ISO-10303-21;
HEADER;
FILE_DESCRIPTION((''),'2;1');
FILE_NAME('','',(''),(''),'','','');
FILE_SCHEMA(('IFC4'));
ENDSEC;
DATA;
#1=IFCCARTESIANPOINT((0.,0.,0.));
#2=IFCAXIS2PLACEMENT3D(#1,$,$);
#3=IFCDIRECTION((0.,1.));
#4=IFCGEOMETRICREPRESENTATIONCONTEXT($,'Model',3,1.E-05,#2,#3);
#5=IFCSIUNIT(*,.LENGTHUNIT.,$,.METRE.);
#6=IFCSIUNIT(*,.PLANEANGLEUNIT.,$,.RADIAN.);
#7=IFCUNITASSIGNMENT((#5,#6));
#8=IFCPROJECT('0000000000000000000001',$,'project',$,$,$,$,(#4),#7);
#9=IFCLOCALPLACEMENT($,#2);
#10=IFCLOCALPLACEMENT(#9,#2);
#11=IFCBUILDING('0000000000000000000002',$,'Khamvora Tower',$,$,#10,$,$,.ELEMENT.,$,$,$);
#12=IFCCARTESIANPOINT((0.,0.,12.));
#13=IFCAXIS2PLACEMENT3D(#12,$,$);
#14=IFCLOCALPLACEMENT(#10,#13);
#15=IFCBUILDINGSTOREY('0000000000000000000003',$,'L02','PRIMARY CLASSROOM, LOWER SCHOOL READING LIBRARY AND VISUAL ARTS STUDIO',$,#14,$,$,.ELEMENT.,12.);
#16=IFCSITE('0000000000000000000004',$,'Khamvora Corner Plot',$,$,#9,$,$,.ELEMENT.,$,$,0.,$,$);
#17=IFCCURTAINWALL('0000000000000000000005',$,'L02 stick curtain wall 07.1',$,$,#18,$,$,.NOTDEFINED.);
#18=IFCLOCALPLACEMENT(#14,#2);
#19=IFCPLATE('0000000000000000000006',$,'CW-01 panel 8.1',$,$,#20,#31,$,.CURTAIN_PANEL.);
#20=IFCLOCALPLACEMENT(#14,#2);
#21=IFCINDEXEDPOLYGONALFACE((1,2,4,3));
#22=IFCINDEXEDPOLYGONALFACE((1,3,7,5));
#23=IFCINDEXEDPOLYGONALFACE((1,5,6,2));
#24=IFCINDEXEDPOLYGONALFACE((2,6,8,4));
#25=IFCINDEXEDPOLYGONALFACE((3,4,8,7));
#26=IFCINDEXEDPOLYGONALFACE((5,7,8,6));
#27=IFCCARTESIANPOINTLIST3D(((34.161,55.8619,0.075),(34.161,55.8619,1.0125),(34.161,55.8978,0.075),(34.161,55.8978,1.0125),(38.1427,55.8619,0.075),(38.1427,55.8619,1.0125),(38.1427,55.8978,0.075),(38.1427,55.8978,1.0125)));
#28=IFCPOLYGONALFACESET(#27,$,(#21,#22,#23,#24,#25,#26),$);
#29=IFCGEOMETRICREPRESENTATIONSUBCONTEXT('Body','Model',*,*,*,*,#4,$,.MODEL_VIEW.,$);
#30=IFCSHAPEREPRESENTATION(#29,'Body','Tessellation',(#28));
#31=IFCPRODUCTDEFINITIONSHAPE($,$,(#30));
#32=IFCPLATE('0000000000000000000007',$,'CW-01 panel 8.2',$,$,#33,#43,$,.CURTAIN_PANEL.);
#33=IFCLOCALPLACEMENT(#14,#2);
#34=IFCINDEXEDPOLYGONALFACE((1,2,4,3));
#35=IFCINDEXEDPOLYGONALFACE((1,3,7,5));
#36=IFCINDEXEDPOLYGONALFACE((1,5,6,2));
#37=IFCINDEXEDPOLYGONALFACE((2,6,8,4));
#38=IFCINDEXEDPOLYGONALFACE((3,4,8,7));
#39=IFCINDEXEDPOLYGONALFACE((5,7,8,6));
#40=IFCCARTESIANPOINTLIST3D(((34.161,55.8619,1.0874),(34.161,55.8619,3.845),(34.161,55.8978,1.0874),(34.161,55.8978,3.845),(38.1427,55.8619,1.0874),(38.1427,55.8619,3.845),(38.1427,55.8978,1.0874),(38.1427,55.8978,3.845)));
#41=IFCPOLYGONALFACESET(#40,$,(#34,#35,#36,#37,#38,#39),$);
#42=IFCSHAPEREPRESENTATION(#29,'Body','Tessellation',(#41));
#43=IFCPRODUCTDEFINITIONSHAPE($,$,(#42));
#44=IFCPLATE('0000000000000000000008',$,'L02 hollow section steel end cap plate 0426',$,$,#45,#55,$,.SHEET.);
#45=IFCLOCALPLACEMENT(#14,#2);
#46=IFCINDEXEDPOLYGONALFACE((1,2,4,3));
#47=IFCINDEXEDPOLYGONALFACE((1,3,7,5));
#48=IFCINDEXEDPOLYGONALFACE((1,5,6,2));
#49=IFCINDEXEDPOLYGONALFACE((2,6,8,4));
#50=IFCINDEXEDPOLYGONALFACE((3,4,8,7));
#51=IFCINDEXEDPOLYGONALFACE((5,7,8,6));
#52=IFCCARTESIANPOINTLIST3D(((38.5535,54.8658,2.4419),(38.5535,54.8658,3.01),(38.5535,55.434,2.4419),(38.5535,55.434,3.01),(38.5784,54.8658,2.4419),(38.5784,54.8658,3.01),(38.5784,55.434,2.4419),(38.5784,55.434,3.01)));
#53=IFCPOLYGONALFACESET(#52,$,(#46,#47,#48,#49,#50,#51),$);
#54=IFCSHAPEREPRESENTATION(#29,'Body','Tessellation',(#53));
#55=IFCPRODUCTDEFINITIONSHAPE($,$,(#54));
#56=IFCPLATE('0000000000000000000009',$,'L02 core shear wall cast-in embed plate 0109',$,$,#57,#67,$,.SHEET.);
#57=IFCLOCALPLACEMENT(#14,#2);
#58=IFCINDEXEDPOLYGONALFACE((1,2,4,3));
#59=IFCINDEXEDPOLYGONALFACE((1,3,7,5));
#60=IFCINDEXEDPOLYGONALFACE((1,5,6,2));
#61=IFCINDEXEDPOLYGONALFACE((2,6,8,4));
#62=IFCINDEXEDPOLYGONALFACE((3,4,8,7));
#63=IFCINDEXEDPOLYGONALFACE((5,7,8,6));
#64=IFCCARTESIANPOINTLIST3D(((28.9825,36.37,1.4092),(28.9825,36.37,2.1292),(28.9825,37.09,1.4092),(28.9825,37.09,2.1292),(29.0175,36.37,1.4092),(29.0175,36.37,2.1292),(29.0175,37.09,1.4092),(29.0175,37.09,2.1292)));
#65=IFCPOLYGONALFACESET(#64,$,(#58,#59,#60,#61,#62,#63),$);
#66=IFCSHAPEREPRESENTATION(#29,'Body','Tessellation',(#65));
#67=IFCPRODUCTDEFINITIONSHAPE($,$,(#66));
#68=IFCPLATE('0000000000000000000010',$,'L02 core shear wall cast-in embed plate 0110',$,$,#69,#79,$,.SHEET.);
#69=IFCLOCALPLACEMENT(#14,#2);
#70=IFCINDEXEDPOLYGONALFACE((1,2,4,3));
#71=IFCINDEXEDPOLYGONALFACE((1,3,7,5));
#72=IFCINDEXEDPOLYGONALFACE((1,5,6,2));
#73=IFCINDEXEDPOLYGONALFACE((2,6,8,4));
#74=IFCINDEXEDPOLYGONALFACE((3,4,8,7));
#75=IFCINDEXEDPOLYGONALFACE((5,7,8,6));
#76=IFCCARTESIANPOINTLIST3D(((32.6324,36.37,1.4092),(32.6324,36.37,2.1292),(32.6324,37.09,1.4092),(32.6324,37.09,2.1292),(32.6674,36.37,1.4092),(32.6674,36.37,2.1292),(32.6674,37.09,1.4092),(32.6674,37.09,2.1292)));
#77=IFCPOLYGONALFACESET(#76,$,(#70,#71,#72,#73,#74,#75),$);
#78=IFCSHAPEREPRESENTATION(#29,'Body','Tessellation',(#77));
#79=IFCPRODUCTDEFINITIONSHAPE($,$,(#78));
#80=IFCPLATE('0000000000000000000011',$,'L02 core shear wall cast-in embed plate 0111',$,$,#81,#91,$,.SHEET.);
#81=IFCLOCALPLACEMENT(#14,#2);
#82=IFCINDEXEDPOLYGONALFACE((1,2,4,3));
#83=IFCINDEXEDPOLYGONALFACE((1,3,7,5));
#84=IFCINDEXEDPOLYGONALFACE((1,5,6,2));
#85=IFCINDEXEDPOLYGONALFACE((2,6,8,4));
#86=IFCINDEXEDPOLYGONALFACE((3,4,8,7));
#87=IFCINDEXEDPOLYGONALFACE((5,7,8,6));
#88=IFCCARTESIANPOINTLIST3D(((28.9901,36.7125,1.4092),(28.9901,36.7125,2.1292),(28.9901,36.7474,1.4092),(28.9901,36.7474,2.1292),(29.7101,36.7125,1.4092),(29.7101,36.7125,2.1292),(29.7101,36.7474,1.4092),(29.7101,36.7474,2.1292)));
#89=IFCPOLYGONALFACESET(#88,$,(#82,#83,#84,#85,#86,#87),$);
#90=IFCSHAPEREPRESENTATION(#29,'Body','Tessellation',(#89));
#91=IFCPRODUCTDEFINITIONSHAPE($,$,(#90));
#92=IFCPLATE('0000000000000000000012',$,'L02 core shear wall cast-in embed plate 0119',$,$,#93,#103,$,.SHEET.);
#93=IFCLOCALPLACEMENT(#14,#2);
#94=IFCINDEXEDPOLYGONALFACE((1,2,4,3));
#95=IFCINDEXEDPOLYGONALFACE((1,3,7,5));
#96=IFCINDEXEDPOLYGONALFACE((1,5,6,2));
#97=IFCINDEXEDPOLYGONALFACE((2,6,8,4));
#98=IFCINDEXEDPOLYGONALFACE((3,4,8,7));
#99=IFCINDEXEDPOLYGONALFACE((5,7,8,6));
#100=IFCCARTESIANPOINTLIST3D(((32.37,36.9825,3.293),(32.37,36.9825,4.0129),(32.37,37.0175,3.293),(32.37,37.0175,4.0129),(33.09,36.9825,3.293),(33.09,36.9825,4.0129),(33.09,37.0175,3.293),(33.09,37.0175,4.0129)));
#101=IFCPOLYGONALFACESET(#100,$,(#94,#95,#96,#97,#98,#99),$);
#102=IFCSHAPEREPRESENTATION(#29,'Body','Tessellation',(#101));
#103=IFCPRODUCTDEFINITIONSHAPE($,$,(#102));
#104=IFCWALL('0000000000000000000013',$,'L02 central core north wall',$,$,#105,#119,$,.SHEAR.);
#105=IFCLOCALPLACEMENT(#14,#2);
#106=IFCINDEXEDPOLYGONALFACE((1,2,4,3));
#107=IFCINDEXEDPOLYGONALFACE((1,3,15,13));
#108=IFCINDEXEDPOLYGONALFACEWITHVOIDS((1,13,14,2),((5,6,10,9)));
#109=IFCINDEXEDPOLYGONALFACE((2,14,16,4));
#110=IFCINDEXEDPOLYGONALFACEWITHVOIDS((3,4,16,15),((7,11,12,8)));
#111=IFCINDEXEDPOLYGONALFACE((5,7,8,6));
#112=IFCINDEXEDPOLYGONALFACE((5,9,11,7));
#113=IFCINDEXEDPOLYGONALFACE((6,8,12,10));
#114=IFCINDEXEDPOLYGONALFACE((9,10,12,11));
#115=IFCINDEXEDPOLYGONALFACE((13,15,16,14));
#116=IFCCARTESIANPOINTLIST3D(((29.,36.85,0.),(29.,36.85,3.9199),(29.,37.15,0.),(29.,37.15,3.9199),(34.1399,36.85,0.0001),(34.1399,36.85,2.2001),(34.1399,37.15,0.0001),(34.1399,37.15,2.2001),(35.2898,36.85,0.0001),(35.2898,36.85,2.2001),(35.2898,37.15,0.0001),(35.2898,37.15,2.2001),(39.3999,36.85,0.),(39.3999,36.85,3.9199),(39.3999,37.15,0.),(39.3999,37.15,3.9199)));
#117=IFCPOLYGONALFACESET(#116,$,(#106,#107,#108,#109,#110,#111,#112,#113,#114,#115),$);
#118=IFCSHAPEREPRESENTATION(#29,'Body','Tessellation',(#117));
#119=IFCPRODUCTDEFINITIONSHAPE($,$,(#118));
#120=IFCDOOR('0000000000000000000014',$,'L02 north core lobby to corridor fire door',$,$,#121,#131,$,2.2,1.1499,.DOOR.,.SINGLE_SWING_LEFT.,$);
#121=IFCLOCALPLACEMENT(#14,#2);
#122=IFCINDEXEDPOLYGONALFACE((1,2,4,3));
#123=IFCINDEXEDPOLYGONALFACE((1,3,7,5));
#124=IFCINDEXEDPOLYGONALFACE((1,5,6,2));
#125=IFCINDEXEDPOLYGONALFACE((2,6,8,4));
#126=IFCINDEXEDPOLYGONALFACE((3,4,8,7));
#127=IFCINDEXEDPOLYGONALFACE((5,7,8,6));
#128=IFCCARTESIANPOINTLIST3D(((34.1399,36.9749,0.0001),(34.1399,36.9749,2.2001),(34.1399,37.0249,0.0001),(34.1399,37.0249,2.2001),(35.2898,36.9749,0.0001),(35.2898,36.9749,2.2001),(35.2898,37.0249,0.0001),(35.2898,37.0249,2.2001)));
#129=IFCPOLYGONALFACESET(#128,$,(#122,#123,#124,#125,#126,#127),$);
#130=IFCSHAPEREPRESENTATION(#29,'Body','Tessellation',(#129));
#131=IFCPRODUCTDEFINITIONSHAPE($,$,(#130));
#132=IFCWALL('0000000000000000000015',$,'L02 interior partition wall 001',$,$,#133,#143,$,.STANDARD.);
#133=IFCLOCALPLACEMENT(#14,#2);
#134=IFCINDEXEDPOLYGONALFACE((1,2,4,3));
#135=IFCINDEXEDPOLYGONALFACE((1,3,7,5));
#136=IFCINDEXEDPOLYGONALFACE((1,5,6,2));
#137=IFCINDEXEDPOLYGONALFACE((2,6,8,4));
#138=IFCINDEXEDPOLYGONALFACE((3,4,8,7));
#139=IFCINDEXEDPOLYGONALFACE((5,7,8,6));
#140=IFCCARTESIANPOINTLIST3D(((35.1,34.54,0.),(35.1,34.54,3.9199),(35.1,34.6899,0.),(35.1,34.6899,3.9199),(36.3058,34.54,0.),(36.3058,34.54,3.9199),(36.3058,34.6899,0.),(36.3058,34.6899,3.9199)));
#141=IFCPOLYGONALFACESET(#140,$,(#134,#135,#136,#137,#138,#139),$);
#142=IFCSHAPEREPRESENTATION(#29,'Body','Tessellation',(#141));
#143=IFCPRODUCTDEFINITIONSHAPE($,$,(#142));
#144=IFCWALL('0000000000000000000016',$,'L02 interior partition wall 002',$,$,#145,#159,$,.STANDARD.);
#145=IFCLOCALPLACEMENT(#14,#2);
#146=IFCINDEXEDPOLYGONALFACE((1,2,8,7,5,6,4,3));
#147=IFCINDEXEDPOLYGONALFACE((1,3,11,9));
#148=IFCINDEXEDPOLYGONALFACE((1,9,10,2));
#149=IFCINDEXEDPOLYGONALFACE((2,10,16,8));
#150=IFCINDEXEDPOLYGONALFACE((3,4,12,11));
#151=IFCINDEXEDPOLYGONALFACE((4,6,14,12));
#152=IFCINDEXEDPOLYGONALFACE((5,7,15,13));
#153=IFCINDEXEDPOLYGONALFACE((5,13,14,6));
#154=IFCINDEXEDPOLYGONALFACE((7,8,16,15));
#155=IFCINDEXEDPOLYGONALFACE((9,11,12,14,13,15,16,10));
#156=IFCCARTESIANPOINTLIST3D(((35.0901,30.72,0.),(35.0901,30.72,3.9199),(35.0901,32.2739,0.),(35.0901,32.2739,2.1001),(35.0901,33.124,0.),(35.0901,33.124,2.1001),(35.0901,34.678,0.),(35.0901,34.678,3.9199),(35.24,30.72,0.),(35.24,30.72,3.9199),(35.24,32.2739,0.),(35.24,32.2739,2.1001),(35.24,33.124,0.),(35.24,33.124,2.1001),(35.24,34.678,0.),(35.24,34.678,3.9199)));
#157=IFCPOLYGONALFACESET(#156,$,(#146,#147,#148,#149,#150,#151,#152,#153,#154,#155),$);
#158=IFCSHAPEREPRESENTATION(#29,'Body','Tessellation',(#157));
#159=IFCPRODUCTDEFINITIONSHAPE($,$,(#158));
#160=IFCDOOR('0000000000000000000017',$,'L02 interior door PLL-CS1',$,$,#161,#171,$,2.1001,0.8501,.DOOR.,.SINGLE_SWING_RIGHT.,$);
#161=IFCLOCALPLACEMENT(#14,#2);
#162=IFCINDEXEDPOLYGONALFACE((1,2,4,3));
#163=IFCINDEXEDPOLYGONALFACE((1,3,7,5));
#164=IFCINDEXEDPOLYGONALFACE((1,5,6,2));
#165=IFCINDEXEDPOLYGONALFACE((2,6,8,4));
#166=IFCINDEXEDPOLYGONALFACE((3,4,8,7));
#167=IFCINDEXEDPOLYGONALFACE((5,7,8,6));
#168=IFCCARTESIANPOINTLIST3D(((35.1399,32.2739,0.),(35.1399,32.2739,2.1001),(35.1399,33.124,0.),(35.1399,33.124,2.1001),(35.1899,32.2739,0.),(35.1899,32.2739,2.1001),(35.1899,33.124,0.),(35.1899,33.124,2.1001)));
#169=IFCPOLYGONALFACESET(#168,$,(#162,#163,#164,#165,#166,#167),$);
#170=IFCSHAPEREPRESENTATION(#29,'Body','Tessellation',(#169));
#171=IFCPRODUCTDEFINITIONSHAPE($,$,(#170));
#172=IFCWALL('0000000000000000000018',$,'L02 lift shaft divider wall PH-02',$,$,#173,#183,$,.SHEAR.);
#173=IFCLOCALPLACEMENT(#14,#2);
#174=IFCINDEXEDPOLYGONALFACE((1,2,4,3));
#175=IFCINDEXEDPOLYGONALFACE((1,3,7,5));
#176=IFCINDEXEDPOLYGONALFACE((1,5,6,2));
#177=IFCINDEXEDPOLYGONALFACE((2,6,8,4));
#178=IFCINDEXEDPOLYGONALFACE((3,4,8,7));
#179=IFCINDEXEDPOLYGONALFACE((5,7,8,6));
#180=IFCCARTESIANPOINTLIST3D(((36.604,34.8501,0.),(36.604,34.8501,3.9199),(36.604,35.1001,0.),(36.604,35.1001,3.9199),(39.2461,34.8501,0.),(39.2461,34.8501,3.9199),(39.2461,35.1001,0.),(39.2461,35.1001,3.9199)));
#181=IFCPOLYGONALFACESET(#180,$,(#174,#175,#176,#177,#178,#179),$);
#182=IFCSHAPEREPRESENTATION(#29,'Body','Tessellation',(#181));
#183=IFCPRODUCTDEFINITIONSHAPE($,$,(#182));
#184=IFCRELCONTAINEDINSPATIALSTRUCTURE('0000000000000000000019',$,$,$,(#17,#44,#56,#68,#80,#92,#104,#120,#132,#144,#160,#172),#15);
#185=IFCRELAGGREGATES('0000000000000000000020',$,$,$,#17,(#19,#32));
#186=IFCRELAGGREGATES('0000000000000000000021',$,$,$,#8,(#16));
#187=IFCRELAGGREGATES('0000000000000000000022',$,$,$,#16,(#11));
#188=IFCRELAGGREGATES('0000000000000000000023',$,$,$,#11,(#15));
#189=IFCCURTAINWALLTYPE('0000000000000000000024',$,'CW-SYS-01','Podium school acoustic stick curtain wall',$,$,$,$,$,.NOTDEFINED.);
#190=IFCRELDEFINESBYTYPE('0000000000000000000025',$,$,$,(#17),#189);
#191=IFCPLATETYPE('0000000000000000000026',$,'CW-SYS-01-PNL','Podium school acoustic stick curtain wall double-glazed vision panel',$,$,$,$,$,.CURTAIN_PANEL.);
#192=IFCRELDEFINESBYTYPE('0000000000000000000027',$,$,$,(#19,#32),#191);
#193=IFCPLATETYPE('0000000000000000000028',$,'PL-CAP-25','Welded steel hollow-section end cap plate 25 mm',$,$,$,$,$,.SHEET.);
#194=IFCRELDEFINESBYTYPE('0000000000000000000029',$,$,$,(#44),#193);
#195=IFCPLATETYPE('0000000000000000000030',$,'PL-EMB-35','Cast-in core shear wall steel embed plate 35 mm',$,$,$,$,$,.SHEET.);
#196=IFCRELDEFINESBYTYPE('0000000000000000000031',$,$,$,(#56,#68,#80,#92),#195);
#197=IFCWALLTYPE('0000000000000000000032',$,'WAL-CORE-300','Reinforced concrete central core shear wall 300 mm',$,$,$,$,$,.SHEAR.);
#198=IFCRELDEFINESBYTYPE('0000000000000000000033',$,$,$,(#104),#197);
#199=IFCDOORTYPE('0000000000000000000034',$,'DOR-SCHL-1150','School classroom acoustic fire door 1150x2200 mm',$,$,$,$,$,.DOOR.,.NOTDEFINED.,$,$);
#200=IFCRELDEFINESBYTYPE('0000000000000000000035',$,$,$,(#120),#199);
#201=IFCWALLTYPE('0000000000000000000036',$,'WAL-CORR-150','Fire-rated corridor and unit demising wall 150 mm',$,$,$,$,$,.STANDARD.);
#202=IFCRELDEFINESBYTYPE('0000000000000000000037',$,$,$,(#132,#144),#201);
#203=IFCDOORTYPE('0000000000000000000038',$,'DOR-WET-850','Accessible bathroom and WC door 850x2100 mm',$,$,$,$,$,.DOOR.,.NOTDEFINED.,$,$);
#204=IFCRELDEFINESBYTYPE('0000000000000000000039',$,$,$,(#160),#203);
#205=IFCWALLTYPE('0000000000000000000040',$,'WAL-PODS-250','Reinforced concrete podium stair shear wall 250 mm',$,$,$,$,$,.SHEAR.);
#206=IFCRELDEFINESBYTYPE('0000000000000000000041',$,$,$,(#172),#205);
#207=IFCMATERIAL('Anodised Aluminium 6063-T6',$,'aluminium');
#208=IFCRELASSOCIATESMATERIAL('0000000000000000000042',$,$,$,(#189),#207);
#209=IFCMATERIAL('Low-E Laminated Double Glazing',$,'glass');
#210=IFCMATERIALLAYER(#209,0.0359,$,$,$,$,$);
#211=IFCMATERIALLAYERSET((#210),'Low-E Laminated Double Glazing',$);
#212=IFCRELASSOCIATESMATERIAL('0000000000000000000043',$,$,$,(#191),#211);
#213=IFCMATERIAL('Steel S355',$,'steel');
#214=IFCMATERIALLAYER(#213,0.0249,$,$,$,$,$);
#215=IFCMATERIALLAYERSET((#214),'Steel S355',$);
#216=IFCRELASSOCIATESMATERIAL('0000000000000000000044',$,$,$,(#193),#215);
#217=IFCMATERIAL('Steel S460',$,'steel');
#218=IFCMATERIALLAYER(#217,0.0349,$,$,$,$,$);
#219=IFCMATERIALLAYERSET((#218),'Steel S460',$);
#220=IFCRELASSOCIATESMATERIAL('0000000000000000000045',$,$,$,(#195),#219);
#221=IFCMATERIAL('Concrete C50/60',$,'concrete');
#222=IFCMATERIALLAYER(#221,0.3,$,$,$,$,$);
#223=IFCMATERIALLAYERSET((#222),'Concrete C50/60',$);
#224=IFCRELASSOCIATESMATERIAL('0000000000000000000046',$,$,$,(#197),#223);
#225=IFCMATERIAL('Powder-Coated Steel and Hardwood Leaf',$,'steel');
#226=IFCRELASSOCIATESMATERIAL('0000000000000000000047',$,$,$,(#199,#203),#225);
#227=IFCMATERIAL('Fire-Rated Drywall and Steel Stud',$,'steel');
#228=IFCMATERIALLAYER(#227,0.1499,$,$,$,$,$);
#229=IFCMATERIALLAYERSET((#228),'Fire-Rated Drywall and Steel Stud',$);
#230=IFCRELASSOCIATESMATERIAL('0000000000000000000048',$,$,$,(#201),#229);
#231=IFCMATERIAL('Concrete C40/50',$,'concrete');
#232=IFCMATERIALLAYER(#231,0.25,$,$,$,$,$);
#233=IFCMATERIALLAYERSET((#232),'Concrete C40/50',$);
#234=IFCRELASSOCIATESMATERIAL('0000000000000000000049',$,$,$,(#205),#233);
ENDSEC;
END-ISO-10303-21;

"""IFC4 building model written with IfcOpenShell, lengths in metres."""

from ifc_helpers import new_model, si_unit, direction, frame, frame_2d, origin, origin_2d, place, context, subcontext, project, spatial, rectangle, extrude, material, layer, layer_set, type_object, element, fill, aggregate, save


model = new_model("IFC4")

# Units and contexts
model_context = context("Model", 3, precision=1e-05, world=origin(), true_north=direction((0.0, 1.0)))
body_context = subcontext(model_context, "Body", "Model", "MODEL_VIEW")
ifc_project = project(units=[si_unit("LENGTHUNIT", "METRE"), si_unit("PLANEANGLEUNIT", "RADIAN")], contexts=[model_context])

# Site, building, storey
site_placement = place(None, origin())
site = spatial("IfcSite", under=ifc_project, at=site_placement, Name="Khamvora Corner Plot", CompositionType="ELEMENT", RefElevation=0.0)
building_placement = place(site_placement, origin())
building = spatial("IfcBuilding", under=site, at=building_placement, Name="Khamvora Tower", CompositionType="ELEMENT")
storey_placement = place(building_placement, frame((0.0, 0.0, 12.0)))
storey = spatial("IfcBuildingStorey", under=building, at=storey_placement, Name="L02", Description="PRIMARY CLASSROOM, LOWER SCHOOL READING LIBRARY AND VISUAL ARTS STUDIO", CompositionType="ELEMENT", Elevation=12.0)

# Shared definitions
ifc_material_1 = material(Name="Steel S460", Category="steel")

# Shared definitions
ifc_material_2 = material(Name="Steel S355", Category="steel")

# Curtain wall, plates
ifc_material_3 = material(Name="Anodised Aluminium 6063-T6", Category="aluminium")
curtain_wall_type = type_object("IfcCurtainWallType", Name="CW-SYS-01", Description="Podium school acoustic stick curtain wall", PredefinedType="NOTDEFINED", material=ifc_material_3)
curtain_wall_placement = place(storey_placement, origin())
curtain_wall = element("IfcCurtainWall", 1, at=curtain_wall_placement, inside=storey, type_object=curtain_wall_type, Name="L02 stick curtain wall 07.1", PredefinedType="NOTDEFINED")
ifc_material_4 = material(Name="Low-E Laminated Double Glazing", Category="glass")
ifc_layer_1 = layer(ifc_material_4, 0.0359)
ifc_layer_set_1 = layer_set([ifc_layer_1], Name="Low-E Laminated Double Glazing")
plate_type_1 = type_object("IfcPlateType", Name="CW-SYS-01-PNL", Description="Podium school acoustic stick curtain wall double-glazed vision panel", PredefinedType="CURTAIN_PANEL", material=ifc_layer_set_1)
plate_1_placement = place(storey_placement, frame((36.1519, 55.8799, 0.075), z_axis=(0.0, 0.0, 1.0), x_axis=(1.0, 0.0, 0.0)))
plate_1 = element("IfcPlate", 2, at=plate_1_placement, type_object=plate_type_1, Name="CW-01 panel 8.1", PredefinedType="CURTAIN_PANEL", context=body_context, shape_type="SweptSolid", body=[
    extrude(rectangle(XDim=3.9817, YDim=0.0359, at=origin_2d()), origin(), (0.0, 0.0, 1.0), 0.9375),
])
plate_2_placement = place(storey_placement, frame((36.1519, 55.8799, 1.0874), z_axis=(0.0, 0.0, 1.0), x_axis=(1.0, 0.0, 0.0)))
plate_2 = element("IfcPlate", 3, at=plate_2_placement, type_object=plate_type_1, Name="CW-01 panel 8.2", PredefinedType="CURTAIN_PANEL", context=body_context, shape_type="SweptSolid", body=[
    extrude(rectangle(XDim=3.9817, YDim=0.0359, at=origin_2d()), origin(), (0.0, 0.0, 1.0), 2.7576),
])
aggregate(curtain_wall, [plate_1, plate_2])

# Plates
ifc_layer_2 = layer(ifc_material_2, 0.0249)
ifc_layer_set_2 = layer_set([ifc_layer_2], Name="Steel S355")
plate_type_2 = type_object("IfcPlateType", Name="PL-CAP-25", Description="Welded steel hollow-section end cap plate 25 mm", PredefinedType="SHEET", material=ifc_layer_set_2)
plate_3_placement = place(storey_placement, frame((38.5659, 55.1499, 2.4419), z_axis=(0.0, 0.0, 1.0), x_axis=(1.0, 0.0, 0.0)))
element("IfcPlate", 4, at=plate_3_placement, inside=storey, type_object=plate_type_2, Name="L02 hollow section steel end cap plate 0426", PredefinedType="SHEET", context=body_context, shape_type="SweptSolid", body=[
    extrude(rectangle(XDim=0.0249, YDim=0.5681, at=origin_2d()), origin(), (0.0, 0.0, 1.0), 0.5681),
])
ifc_layer_3 = layer(ifc_material_1, 0.0349)
ifc_layer_set_3 = layer_set([ifc_layer_3], Name="Steel S460")
plate_type_3 = type_object("IfcPlateType", Name="PL-EMB-35", Description="Cast-in core shear wall steel embed plate 35 mm", PredefinedType="SHEET", material=ifc_layer_set_3)
for number, where, z_axis, x_axis, name in (
    (5, (29.0, 36.73, 1.4092), (0.0, 0.0, 1.0), (1.0, 0.0, 0.0), "L02 core shear wall cast-in embed plate 0109"),
    (6, (32.6499, 36.73, 1.4092), (0.0, 0.0, 1.0), (1.0, 0.0, 0.0), "L02 core shear wall cast-in embed plate 0110"),
):
    element("IfcPlate", number, at=place(storey_placement, frame(where, z_axis=z_axis, x_axis=x_axis)), inside=storey, type_object=plate_type_3, Name=name, PredefinedType="SHEET", context=body_context, shape_type="SweptSolid", body=[
        extrude(rectangle(XDim=0.0349, YDim=0.72, at=origin_2d()), origin(), (0.0, 0.0, 1.0), 0.72),
    ])
for number, where, z_axis, x_axis, name in (
    (7, (29.3501, 36.73, 1.4092), (0.0, 0.0, 1.0), (1.0, 0.0, 0.0), "L02 core shear wall cast-in embed plate 0111"),
    (8, (32.73, 37.0, 3.293), (0.0, 0.0, 1.0), (1.0, 0.0, 0.0), "L02 core shear wall cast-in embed plate 0119"),
):
    element("IfcPlate", number, at=place(storey_placement, frame(where, z_axis=z_axis, x_axis=x_axis)), inside=storey, type_object=plate_type_3, Name=name, PredefinedType="SHEET", context=body_context, shape_type="SweptSolid", body=[
        extrude(rectangle(XDim=0.72, YDim=0.0349, at=origin_2d()), origin(), (0.0, 0.0, 1.0), 0.72),
    ])

# Wall, opening, door
ifc_material_5 = material(Name="Concrete C50/60", Category="concrete")
ifc_layer_4 = layer(ifc_material_5, 0.3)
ifc_layer_set_4 = layer_set([ifc_layer_4], Name="Concrete C50/60")
wall_type_1 = type_object("IfcWallType", Name="WAL-CORE-300", Description="Reinforced concrete central core shear wall 300 mm", PredefinedType="SHEAR", material=ifc_layer_set_4)
wall_1_placement = place(storey_placement, frame((29.0, 37.0, 0.0), z_axis=(0.0, 0.0, 1.0), x_axis=(1.0, 0.0, 0.0)))
wall_1 = element("IfcWall", 9, at=wall_1_placement, inside=storey, type_object=wall_type_1, Name="L02 central core north wall", PredefinedType="SHEAR", context=body_context, shape_type="SweptSolid", body=[
    extrude(rectangle(XDim=10.3999, YDim=0.3, at=frame_2d((5.2, 0.0))), origin(), (0.0, 0.0, 1.0), 3.9199),
])
opening_1_placement = place(wall_1_placement, frame((5.1399, 0.0, 0.0)))
opening_1 = element("IfcOpeningElement", 10, at=opening_1_placement, cuts=wall_1, PredefinedType="OPENING", context=body_context, shape_type="SweptSolid", body=[
    extrude(rectangle(XDim=1.1499, YDim=2.2, at=frame_2d((0.575, 1.1001))), frame((0.0, 0.1599, 0.0), z_axis=(0.0, -1.0, 0.0), x_axis=(1.0, 0.0, 0.0)), (0.0, 0.0, 1.0), 0.3201),
])
ifc_material_6 = material(Name="Powder-Coated Steel and Hardwood Leaf", Category="steel")
door_type_1 = type_object("IfcDoorType", Name="DOR-SCHL-1150", Description="School classroom acoustic fire door 1150x2200 mm", OperationType="NOTDEFINED", PredefinedType="DOOR", material=ifc_material_6)
door_1_placement = place(opening_1_placement, origin())
door_1 = element("IfcDoor", 11, at=door_1_placement, inside=storey, type_object=door_type_1, Name="L02 north core lobby to corridor fire door", OperationType="SINGLE_SWING_LEFT", OverallHeight=2.2, OverallWidth=1.1499, PredefinedType="DOOR", context=body_context, shape_type="SweptSolid", body=[
    extrude(rectangle(XDim=1.1499, YDim=2.2, at=frame_2d((0.575, 1.1001))), frame((0.0, 0.0249, 0.0), z_axis=(0.0, -1.0, 0.0), x_axis=(1.0, 0.0, 0.0)), (0.0, 0.0, 1.0), 0.05),
])
fill(opening_1, door_1)

# Wall
ifc_material_7 = material(Name="Fire-Rated Drywall and Steel Stud", Category="steel")
ifc_layer_5 = layer(ifc_material_7, 0.1499)
ifc_layer_set_5 = layer_set([ifc_layer_5], Name="Fire-Rated Drywall and Steel Stud")
wall_type_2 = type_object("IfcWallType", Name="WAL-CORR-150", Description="Fire-rated corridor and unit demising wall 150 mm", PredefinedType="STANDARD", material=ifc_layer_set_5)
wall_2_placement = place(storey_placement, frame((36.3059, 34.615, 0.0), z_axis=(0.0, 0.0, 1.0), x_axis=(-1.0, 0.0, 0.0)))
element("IfcWall", 12, at=wall_2_placement, inside=storey, type_object=wall_type_2, Name="L02 interior partition wall 001", PredefinedType="STANDARD", context=body_context, shape_type="SweptSolid", body=[
    extrude(rectangle(XDim=1.2058, YDim=0.1499, at=frame_2d((0.603, 0.0))), origin(), (0.0, 0.0, 1.0), 3.9199),
])

# Wall, opening, door
wall_3_placement = place(storey_placement, frame((35.165, 34.678, 0.0), z_axis=(0.0, 0.0, 1.0), x_axis=(0.0, -1.0, 0.0)))
wall_3 = element("IfcWall", 13, at=wall_3_placement, inside=storey, type_object=wall_type_2, Name="L02 interior partition wall 002", PredefinedType="STANDARD", context=body_context, shape_type="SweptSolid", body=[
    extrude(rectangle(XDim=3.958, YDim=0.1499, at=frame_2d((1.979, 0.0))), origin(), (0.0, 0.0, 1.0), 3.9199),
])
opening_2_placement = place(wall_3_placement, frame((1.554, 0.0, 0.0)))
opening_2 = element("IfcOpeningElement", 14, at=opening_2_placement, cuts=wall_3, PredefinedType="OPENING", context=body_context, shape_type="SweptSolid", body=[
    extrude(rectangle(XDim=0.8501, YDim=2.1001, at=frame_2d((0.425, 1.05))), frame((0.0, 0.085, 0.0), z_axis=(0.0, -1.0, 0.0), x_axis=(1.0, 0.0, 0.0)), (0.0, 0.0, 1.0), 0.1699),
])
door_type_2 = type_object("IfcDoorType", Name="DOR-WET-850", Description="Accessible bathroom and WC door 850x2100 mm", OperationType="NOTDEFINED", PredefinedType="DOOR", material=ifc_material_6)
door_2_placement = place(opening_2_placement, origin())
door_2 = element("IfcDoor", 15, at=door_2_placement, inside=storey, type_object=door_type_2, Name="L02 interior door PLL-CS1", OperationType="SINGLE_SWING_RIGHT", OverallHeight=2.1001, OverallWidth=0.8501, PredefinedType="DOOR", context=body_context, shape_type="SweptSolid", body=[
    extrude(rectangle(XDim=0.8501, YDim=2.1001, at=frame_2d((0.425, 1.05))), frame((0.0, 0.0249, 0.0), z_axis=(0.0, -1.0, 0.0), x_axis=(1.0, 0.0, 0.0)), (0.0, 0.0, 1.0), 0.05),
])
fill(opening_2, door_2)

# Wall
ifc_material_8 = material(Name="Concrete C40/50", Category="concrete")
ifc_layer_6 = layer(ifc_material_8, 0.25)
ifc_layer_set_6 = layer_set([ifc_layer_6], Name="Concrete C40/50")
wall_type_3 = type_object("IfcWallType", Name="WAL-PODS-250", Description="Reinforced concrete podium stair shear wall 250 mm", PredefinedType="SHEAR", material=ifc_layer_set_6)
wall_4_placement = place(storey_placement, frame((36.604, 34.9751, 0.0), z_axis=(0.0, 0.0, 1.0), x_axis=(1.0, 0.0, 0.0)))
element("IfcWall", 16, at=wall_4_placement, inside=storey, type_object=wall_type_3, Name="L02 lift shaft divider wall PH-02", PredefinedType="SHEAR", context=body_context, shape_type="SweptSolid", body=[
    extrude(rectangle(XDim=2.6421, YDim=0.25, at=frame_2d((1.321, 0.0))), origin(), (0.0, 0.0, 1.0), 3.9199),
])

save(model, "model.ifc")
